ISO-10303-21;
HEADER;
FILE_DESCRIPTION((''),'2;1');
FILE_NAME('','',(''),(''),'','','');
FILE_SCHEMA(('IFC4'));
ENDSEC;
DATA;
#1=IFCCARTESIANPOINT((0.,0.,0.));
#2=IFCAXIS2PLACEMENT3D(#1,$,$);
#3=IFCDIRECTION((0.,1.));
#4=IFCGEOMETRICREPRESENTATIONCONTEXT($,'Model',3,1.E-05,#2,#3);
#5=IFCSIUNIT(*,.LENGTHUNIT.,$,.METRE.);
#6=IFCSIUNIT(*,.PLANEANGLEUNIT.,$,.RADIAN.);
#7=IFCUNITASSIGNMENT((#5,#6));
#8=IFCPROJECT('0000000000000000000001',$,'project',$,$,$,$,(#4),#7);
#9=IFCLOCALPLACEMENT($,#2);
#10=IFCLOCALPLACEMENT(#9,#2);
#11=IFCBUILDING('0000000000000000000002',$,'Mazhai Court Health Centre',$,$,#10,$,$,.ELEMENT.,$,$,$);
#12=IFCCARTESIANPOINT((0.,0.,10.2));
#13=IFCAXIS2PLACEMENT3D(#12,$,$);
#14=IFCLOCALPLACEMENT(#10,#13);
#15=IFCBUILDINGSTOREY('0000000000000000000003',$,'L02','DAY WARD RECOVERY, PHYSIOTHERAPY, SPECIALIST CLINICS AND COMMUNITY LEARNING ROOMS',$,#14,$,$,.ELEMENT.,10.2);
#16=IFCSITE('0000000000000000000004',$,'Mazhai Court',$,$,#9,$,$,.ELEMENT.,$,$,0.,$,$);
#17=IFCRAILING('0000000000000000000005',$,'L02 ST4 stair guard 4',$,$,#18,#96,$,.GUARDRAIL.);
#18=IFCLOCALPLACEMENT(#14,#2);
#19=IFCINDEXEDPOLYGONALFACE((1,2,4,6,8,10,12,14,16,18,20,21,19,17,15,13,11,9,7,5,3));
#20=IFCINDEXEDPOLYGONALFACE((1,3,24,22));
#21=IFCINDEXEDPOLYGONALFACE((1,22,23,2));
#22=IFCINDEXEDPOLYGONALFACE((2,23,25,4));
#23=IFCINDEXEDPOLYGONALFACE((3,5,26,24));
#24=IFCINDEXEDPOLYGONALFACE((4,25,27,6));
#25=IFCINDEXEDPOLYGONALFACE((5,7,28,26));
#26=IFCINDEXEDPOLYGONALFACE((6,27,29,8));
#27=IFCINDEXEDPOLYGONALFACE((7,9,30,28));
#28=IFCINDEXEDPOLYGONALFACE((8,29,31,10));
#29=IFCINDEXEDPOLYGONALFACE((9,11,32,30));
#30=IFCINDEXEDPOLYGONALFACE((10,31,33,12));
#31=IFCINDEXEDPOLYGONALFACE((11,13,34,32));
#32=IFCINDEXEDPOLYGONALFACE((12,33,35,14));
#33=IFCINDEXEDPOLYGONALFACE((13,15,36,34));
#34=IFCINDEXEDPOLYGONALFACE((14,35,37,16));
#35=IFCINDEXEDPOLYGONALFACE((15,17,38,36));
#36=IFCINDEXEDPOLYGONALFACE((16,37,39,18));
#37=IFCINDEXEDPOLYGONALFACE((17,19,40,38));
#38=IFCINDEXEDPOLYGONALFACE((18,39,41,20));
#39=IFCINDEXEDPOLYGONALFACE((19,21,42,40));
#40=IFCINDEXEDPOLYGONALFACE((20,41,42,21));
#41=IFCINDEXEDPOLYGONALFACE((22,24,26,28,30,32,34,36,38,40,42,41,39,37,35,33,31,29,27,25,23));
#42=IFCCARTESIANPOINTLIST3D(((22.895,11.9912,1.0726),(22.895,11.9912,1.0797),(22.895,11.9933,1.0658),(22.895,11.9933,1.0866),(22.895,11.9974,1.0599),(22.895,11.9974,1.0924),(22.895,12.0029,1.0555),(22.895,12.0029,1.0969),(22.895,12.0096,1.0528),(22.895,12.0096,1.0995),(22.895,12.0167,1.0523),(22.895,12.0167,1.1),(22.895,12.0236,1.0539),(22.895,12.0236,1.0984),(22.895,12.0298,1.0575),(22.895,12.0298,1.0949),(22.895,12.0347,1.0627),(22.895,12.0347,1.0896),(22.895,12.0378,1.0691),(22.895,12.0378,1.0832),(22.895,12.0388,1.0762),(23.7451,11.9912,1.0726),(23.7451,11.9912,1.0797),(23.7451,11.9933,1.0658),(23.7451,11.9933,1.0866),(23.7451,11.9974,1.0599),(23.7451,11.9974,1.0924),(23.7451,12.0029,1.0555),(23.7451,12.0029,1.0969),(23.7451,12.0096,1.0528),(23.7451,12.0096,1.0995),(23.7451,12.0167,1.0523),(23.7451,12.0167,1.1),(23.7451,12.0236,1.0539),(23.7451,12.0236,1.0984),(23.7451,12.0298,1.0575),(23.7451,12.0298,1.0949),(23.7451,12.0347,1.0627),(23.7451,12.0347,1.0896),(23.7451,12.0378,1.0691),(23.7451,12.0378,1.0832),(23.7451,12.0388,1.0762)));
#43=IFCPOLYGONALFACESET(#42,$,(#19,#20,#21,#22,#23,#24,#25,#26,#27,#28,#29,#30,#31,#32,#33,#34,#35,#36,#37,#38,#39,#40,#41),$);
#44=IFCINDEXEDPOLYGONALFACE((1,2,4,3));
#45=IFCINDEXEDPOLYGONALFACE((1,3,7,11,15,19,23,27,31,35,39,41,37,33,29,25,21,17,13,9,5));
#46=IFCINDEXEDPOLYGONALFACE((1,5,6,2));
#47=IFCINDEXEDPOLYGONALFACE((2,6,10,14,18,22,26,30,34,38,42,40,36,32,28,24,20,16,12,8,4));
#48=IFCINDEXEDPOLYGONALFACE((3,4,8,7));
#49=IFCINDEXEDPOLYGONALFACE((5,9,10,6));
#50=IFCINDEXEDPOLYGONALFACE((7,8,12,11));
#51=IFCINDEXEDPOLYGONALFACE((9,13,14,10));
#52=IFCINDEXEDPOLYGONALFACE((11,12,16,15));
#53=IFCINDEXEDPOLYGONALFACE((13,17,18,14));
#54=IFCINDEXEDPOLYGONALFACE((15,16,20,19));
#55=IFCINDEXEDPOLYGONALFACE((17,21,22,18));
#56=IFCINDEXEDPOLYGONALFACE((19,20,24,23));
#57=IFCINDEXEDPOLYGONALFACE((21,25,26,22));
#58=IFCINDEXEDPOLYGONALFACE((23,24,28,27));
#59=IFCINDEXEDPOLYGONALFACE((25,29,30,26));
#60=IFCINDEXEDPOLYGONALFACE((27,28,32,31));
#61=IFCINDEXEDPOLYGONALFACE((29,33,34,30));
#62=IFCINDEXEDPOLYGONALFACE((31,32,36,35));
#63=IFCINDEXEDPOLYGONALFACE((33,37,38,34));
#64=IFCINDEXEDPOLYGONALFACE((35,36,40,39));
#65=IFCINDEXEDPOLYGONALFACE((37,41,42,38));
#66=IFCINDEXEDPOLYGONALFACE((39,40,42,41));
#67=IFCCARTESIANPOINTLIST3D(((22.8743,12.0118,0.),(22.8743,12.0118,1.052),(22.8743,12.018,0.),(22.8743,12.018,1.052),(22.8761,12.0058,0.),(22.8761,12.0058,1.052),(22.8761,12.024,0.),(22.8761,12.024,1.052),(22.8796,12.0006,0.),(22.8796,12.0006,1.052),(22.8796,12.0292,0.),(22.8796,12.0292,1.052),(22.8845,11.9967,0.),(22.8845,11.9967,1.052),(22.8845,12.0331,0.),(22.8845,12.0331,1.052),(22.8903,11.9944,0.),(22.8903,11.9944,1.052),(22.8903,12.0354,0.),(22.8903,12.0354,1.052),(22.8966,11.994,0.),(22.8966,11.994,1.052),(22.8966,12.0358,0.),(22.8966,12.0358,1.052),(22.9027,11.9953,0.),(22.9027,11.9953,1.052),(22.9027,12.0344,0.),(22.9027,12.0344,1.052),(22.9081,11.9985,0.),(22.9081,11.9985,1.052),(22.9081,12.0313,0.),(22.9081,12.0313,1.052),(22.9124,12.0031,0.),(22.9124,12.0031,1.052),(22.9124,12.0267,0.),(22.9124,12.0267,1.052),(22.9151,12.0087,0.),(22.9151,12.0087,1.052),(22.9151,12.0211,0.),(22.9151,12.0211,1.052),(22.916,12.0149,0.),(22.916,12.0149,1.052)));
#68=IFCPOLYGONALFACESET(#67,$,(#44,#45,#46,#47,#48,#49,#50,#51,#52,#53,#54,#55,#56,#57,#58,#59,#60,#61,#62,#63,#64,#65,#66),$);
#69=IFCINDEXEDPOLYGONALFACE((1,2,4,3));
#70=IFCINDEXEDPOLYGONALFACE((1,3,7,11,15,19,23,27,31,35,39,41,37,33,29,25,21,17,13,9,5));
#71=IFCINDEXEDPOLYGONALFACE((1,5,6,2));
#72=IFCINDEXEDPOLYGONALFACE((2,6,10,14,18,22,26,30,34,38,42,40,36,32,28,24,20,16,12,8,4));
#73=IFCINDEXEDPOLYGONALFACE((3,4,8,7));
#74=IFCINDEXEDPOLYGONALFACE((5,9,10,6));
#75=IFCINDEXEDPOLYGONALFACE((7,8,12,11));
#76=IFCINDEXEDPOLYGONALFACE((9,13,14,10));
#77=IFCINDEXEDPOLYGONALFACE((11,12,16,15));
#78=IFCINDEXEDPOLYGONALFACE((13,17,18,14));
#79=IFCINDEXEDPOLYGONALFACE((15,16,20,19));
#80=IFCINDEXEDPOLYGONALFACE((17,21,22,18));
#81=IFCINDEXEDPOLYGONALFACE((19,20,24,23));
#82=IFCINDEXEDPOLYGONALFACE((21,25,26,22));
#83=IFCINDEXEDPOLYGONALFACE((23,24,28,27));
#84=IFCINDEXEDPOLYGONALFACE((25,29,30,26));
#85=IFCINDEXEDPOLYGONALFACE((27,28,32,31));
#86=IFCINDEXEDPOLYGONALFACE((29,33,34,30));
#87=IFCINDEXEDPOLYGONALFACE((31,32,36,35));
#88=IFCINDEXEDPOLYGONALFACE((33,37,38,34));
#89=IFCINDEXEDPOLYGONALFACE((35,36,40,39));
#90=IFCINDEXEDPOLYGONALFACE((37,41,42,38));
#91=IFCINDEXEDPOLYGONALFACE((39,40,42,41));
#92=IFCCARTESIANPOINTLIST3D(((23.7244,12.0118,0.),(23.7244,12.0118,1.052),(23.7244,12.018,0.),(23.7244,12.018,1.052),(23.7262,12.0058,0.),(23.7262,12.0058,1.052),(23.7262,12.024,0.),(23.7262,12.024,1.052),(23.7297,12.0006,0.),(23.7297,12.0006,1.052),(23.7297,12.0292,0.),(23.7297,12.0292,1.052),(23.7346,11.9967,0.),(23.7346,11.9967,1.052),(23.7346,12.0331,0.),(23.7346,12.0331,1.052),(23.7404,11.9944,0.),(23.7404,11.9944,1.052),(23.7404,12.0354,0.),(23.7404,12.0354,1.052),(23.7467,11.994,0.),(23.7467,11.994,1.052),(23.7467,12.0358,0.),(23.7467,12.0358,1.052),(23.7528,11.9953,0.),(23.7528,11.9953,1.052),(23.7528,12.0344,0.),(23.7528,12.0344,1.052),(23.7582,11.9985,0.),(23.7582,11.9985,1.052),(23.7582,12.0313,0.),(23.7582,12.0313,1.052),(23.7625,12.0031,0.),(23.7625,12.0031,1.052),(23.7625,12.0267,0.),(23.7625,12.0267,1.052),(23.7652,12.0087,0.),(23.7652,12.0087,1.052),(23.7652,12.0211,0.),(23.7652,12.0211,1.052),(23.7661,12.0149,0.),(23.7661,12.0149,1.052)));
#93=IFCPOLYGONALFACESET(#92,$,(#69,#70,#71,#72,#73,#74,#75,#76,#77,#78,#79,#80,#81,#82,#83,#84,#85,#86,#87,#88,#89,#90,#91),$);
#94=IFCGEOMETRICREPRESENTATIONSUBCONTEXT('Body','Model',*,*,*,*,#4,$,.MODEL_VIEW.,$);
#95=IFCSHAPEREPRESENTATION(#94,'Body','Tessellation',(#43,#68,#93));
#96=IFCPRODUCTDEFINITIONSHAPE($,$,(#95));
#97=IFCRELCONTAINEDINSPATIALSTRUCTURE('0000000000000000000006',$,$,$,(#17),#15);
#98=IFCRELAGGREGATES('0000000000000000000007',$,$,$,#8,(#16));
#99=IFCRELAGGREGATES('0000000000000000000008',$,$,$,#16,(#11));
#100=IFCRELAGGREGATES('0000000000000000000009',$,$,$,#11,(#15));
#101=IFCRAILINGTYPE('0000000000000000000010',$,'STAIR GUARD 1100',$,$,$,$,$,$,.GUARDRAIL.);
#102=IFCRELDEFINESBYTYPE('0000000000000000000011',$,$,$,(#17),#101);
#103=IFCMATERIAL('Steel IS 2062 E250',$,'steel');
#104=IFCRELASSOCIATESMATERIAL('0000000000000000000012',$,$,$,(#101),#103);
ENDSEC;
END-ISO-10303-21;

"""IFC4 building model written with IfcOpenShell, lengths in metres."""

from ifc_helpers import new_model, si_unit, direction, frame, origin, origin_2d, place, context, subcontext, project, spatial, circle, extrude, material, type_object, element, save


model = new_model("IFC4")

# Units and contexts
model_context = context("Model", 3, precision=1e-05, world=origin(), true_north=direction((0.0, 1.0)))
body_context = subcontext(model_context, "Body", "Model", "MODEL_VIEW")
ifc_project = project(units=[si_unit("LENGTHUNIT", "METRE"), si_unit("PLANEANGLEUNIT", "RADIAN")], contexts=[model_context])

# Site, building, storey
site_placement = place(None, origin())
site = spatial("IfcSite", under=ifc_project, at=site_placement, Name="Mazhai Court", CompositionType="ELEMENT", RefElevation=0.0)
building_placement = place(site_placement, origin())
building = spatial("IfcBuilding", under=site, at=building_placement, Name="Mazhai Court Health Centre", CompositionType="ELEMENT")
storey_placement = place(building_placement, frame((0.0, 0.0, 10.2)))
storey = spatial("IfcBuildingStorey", under=building, at=storey_placement, Name="L02", Description="DAY WARD RECOVERY, PHYSIOTHERAPY, SPECIALIST CLINICS AND COMMUNITY LEARNING ROOMS", CompositionType="ELEMENT", Elevation=10.2)

# Railing
ifc_material_1 = material(Name="Steel IS 2062 E250", Category="steel")
railing_type_1 = type_object("IfcRailingType", Name="STAIR GUARD 1100", PredefinedType="GUARDRAIL", material=ifc_material_1)
railing_1_placement = place(storey_placement, frame((22.895, 12.0149, 0.0)))
element("IfcRailing", 1, at=railing_1_placement, inside=storey, type_object=railing_type_1, Name="L02 ST4 stair guard 4", PredefinedType="GUARDRAIL", context=body_context, shape_type="SweptSolid", body=[
    extrude(circle(Radius=0.0239, at=origin_2d()), frame((0.0, 0.0, 1.0762), z_axis=(1.0, 0.0, 0.0), x_axis=(0.0, 1.0, 0.0)), (0.0, 0.0, 1.0), 0.8501),
    extrude(circle(Radius=0.021, at=origin_2d()), origin(), (0.0, 0.0, 1.0), 1.052),
    extrude(circle(Radius=0.021, at=origin_2d()), frame((0.8501, 0.0, 0.0)), (0.0, 0.0, 1.0), 1.052),
])

save(model, "model.ifc")
